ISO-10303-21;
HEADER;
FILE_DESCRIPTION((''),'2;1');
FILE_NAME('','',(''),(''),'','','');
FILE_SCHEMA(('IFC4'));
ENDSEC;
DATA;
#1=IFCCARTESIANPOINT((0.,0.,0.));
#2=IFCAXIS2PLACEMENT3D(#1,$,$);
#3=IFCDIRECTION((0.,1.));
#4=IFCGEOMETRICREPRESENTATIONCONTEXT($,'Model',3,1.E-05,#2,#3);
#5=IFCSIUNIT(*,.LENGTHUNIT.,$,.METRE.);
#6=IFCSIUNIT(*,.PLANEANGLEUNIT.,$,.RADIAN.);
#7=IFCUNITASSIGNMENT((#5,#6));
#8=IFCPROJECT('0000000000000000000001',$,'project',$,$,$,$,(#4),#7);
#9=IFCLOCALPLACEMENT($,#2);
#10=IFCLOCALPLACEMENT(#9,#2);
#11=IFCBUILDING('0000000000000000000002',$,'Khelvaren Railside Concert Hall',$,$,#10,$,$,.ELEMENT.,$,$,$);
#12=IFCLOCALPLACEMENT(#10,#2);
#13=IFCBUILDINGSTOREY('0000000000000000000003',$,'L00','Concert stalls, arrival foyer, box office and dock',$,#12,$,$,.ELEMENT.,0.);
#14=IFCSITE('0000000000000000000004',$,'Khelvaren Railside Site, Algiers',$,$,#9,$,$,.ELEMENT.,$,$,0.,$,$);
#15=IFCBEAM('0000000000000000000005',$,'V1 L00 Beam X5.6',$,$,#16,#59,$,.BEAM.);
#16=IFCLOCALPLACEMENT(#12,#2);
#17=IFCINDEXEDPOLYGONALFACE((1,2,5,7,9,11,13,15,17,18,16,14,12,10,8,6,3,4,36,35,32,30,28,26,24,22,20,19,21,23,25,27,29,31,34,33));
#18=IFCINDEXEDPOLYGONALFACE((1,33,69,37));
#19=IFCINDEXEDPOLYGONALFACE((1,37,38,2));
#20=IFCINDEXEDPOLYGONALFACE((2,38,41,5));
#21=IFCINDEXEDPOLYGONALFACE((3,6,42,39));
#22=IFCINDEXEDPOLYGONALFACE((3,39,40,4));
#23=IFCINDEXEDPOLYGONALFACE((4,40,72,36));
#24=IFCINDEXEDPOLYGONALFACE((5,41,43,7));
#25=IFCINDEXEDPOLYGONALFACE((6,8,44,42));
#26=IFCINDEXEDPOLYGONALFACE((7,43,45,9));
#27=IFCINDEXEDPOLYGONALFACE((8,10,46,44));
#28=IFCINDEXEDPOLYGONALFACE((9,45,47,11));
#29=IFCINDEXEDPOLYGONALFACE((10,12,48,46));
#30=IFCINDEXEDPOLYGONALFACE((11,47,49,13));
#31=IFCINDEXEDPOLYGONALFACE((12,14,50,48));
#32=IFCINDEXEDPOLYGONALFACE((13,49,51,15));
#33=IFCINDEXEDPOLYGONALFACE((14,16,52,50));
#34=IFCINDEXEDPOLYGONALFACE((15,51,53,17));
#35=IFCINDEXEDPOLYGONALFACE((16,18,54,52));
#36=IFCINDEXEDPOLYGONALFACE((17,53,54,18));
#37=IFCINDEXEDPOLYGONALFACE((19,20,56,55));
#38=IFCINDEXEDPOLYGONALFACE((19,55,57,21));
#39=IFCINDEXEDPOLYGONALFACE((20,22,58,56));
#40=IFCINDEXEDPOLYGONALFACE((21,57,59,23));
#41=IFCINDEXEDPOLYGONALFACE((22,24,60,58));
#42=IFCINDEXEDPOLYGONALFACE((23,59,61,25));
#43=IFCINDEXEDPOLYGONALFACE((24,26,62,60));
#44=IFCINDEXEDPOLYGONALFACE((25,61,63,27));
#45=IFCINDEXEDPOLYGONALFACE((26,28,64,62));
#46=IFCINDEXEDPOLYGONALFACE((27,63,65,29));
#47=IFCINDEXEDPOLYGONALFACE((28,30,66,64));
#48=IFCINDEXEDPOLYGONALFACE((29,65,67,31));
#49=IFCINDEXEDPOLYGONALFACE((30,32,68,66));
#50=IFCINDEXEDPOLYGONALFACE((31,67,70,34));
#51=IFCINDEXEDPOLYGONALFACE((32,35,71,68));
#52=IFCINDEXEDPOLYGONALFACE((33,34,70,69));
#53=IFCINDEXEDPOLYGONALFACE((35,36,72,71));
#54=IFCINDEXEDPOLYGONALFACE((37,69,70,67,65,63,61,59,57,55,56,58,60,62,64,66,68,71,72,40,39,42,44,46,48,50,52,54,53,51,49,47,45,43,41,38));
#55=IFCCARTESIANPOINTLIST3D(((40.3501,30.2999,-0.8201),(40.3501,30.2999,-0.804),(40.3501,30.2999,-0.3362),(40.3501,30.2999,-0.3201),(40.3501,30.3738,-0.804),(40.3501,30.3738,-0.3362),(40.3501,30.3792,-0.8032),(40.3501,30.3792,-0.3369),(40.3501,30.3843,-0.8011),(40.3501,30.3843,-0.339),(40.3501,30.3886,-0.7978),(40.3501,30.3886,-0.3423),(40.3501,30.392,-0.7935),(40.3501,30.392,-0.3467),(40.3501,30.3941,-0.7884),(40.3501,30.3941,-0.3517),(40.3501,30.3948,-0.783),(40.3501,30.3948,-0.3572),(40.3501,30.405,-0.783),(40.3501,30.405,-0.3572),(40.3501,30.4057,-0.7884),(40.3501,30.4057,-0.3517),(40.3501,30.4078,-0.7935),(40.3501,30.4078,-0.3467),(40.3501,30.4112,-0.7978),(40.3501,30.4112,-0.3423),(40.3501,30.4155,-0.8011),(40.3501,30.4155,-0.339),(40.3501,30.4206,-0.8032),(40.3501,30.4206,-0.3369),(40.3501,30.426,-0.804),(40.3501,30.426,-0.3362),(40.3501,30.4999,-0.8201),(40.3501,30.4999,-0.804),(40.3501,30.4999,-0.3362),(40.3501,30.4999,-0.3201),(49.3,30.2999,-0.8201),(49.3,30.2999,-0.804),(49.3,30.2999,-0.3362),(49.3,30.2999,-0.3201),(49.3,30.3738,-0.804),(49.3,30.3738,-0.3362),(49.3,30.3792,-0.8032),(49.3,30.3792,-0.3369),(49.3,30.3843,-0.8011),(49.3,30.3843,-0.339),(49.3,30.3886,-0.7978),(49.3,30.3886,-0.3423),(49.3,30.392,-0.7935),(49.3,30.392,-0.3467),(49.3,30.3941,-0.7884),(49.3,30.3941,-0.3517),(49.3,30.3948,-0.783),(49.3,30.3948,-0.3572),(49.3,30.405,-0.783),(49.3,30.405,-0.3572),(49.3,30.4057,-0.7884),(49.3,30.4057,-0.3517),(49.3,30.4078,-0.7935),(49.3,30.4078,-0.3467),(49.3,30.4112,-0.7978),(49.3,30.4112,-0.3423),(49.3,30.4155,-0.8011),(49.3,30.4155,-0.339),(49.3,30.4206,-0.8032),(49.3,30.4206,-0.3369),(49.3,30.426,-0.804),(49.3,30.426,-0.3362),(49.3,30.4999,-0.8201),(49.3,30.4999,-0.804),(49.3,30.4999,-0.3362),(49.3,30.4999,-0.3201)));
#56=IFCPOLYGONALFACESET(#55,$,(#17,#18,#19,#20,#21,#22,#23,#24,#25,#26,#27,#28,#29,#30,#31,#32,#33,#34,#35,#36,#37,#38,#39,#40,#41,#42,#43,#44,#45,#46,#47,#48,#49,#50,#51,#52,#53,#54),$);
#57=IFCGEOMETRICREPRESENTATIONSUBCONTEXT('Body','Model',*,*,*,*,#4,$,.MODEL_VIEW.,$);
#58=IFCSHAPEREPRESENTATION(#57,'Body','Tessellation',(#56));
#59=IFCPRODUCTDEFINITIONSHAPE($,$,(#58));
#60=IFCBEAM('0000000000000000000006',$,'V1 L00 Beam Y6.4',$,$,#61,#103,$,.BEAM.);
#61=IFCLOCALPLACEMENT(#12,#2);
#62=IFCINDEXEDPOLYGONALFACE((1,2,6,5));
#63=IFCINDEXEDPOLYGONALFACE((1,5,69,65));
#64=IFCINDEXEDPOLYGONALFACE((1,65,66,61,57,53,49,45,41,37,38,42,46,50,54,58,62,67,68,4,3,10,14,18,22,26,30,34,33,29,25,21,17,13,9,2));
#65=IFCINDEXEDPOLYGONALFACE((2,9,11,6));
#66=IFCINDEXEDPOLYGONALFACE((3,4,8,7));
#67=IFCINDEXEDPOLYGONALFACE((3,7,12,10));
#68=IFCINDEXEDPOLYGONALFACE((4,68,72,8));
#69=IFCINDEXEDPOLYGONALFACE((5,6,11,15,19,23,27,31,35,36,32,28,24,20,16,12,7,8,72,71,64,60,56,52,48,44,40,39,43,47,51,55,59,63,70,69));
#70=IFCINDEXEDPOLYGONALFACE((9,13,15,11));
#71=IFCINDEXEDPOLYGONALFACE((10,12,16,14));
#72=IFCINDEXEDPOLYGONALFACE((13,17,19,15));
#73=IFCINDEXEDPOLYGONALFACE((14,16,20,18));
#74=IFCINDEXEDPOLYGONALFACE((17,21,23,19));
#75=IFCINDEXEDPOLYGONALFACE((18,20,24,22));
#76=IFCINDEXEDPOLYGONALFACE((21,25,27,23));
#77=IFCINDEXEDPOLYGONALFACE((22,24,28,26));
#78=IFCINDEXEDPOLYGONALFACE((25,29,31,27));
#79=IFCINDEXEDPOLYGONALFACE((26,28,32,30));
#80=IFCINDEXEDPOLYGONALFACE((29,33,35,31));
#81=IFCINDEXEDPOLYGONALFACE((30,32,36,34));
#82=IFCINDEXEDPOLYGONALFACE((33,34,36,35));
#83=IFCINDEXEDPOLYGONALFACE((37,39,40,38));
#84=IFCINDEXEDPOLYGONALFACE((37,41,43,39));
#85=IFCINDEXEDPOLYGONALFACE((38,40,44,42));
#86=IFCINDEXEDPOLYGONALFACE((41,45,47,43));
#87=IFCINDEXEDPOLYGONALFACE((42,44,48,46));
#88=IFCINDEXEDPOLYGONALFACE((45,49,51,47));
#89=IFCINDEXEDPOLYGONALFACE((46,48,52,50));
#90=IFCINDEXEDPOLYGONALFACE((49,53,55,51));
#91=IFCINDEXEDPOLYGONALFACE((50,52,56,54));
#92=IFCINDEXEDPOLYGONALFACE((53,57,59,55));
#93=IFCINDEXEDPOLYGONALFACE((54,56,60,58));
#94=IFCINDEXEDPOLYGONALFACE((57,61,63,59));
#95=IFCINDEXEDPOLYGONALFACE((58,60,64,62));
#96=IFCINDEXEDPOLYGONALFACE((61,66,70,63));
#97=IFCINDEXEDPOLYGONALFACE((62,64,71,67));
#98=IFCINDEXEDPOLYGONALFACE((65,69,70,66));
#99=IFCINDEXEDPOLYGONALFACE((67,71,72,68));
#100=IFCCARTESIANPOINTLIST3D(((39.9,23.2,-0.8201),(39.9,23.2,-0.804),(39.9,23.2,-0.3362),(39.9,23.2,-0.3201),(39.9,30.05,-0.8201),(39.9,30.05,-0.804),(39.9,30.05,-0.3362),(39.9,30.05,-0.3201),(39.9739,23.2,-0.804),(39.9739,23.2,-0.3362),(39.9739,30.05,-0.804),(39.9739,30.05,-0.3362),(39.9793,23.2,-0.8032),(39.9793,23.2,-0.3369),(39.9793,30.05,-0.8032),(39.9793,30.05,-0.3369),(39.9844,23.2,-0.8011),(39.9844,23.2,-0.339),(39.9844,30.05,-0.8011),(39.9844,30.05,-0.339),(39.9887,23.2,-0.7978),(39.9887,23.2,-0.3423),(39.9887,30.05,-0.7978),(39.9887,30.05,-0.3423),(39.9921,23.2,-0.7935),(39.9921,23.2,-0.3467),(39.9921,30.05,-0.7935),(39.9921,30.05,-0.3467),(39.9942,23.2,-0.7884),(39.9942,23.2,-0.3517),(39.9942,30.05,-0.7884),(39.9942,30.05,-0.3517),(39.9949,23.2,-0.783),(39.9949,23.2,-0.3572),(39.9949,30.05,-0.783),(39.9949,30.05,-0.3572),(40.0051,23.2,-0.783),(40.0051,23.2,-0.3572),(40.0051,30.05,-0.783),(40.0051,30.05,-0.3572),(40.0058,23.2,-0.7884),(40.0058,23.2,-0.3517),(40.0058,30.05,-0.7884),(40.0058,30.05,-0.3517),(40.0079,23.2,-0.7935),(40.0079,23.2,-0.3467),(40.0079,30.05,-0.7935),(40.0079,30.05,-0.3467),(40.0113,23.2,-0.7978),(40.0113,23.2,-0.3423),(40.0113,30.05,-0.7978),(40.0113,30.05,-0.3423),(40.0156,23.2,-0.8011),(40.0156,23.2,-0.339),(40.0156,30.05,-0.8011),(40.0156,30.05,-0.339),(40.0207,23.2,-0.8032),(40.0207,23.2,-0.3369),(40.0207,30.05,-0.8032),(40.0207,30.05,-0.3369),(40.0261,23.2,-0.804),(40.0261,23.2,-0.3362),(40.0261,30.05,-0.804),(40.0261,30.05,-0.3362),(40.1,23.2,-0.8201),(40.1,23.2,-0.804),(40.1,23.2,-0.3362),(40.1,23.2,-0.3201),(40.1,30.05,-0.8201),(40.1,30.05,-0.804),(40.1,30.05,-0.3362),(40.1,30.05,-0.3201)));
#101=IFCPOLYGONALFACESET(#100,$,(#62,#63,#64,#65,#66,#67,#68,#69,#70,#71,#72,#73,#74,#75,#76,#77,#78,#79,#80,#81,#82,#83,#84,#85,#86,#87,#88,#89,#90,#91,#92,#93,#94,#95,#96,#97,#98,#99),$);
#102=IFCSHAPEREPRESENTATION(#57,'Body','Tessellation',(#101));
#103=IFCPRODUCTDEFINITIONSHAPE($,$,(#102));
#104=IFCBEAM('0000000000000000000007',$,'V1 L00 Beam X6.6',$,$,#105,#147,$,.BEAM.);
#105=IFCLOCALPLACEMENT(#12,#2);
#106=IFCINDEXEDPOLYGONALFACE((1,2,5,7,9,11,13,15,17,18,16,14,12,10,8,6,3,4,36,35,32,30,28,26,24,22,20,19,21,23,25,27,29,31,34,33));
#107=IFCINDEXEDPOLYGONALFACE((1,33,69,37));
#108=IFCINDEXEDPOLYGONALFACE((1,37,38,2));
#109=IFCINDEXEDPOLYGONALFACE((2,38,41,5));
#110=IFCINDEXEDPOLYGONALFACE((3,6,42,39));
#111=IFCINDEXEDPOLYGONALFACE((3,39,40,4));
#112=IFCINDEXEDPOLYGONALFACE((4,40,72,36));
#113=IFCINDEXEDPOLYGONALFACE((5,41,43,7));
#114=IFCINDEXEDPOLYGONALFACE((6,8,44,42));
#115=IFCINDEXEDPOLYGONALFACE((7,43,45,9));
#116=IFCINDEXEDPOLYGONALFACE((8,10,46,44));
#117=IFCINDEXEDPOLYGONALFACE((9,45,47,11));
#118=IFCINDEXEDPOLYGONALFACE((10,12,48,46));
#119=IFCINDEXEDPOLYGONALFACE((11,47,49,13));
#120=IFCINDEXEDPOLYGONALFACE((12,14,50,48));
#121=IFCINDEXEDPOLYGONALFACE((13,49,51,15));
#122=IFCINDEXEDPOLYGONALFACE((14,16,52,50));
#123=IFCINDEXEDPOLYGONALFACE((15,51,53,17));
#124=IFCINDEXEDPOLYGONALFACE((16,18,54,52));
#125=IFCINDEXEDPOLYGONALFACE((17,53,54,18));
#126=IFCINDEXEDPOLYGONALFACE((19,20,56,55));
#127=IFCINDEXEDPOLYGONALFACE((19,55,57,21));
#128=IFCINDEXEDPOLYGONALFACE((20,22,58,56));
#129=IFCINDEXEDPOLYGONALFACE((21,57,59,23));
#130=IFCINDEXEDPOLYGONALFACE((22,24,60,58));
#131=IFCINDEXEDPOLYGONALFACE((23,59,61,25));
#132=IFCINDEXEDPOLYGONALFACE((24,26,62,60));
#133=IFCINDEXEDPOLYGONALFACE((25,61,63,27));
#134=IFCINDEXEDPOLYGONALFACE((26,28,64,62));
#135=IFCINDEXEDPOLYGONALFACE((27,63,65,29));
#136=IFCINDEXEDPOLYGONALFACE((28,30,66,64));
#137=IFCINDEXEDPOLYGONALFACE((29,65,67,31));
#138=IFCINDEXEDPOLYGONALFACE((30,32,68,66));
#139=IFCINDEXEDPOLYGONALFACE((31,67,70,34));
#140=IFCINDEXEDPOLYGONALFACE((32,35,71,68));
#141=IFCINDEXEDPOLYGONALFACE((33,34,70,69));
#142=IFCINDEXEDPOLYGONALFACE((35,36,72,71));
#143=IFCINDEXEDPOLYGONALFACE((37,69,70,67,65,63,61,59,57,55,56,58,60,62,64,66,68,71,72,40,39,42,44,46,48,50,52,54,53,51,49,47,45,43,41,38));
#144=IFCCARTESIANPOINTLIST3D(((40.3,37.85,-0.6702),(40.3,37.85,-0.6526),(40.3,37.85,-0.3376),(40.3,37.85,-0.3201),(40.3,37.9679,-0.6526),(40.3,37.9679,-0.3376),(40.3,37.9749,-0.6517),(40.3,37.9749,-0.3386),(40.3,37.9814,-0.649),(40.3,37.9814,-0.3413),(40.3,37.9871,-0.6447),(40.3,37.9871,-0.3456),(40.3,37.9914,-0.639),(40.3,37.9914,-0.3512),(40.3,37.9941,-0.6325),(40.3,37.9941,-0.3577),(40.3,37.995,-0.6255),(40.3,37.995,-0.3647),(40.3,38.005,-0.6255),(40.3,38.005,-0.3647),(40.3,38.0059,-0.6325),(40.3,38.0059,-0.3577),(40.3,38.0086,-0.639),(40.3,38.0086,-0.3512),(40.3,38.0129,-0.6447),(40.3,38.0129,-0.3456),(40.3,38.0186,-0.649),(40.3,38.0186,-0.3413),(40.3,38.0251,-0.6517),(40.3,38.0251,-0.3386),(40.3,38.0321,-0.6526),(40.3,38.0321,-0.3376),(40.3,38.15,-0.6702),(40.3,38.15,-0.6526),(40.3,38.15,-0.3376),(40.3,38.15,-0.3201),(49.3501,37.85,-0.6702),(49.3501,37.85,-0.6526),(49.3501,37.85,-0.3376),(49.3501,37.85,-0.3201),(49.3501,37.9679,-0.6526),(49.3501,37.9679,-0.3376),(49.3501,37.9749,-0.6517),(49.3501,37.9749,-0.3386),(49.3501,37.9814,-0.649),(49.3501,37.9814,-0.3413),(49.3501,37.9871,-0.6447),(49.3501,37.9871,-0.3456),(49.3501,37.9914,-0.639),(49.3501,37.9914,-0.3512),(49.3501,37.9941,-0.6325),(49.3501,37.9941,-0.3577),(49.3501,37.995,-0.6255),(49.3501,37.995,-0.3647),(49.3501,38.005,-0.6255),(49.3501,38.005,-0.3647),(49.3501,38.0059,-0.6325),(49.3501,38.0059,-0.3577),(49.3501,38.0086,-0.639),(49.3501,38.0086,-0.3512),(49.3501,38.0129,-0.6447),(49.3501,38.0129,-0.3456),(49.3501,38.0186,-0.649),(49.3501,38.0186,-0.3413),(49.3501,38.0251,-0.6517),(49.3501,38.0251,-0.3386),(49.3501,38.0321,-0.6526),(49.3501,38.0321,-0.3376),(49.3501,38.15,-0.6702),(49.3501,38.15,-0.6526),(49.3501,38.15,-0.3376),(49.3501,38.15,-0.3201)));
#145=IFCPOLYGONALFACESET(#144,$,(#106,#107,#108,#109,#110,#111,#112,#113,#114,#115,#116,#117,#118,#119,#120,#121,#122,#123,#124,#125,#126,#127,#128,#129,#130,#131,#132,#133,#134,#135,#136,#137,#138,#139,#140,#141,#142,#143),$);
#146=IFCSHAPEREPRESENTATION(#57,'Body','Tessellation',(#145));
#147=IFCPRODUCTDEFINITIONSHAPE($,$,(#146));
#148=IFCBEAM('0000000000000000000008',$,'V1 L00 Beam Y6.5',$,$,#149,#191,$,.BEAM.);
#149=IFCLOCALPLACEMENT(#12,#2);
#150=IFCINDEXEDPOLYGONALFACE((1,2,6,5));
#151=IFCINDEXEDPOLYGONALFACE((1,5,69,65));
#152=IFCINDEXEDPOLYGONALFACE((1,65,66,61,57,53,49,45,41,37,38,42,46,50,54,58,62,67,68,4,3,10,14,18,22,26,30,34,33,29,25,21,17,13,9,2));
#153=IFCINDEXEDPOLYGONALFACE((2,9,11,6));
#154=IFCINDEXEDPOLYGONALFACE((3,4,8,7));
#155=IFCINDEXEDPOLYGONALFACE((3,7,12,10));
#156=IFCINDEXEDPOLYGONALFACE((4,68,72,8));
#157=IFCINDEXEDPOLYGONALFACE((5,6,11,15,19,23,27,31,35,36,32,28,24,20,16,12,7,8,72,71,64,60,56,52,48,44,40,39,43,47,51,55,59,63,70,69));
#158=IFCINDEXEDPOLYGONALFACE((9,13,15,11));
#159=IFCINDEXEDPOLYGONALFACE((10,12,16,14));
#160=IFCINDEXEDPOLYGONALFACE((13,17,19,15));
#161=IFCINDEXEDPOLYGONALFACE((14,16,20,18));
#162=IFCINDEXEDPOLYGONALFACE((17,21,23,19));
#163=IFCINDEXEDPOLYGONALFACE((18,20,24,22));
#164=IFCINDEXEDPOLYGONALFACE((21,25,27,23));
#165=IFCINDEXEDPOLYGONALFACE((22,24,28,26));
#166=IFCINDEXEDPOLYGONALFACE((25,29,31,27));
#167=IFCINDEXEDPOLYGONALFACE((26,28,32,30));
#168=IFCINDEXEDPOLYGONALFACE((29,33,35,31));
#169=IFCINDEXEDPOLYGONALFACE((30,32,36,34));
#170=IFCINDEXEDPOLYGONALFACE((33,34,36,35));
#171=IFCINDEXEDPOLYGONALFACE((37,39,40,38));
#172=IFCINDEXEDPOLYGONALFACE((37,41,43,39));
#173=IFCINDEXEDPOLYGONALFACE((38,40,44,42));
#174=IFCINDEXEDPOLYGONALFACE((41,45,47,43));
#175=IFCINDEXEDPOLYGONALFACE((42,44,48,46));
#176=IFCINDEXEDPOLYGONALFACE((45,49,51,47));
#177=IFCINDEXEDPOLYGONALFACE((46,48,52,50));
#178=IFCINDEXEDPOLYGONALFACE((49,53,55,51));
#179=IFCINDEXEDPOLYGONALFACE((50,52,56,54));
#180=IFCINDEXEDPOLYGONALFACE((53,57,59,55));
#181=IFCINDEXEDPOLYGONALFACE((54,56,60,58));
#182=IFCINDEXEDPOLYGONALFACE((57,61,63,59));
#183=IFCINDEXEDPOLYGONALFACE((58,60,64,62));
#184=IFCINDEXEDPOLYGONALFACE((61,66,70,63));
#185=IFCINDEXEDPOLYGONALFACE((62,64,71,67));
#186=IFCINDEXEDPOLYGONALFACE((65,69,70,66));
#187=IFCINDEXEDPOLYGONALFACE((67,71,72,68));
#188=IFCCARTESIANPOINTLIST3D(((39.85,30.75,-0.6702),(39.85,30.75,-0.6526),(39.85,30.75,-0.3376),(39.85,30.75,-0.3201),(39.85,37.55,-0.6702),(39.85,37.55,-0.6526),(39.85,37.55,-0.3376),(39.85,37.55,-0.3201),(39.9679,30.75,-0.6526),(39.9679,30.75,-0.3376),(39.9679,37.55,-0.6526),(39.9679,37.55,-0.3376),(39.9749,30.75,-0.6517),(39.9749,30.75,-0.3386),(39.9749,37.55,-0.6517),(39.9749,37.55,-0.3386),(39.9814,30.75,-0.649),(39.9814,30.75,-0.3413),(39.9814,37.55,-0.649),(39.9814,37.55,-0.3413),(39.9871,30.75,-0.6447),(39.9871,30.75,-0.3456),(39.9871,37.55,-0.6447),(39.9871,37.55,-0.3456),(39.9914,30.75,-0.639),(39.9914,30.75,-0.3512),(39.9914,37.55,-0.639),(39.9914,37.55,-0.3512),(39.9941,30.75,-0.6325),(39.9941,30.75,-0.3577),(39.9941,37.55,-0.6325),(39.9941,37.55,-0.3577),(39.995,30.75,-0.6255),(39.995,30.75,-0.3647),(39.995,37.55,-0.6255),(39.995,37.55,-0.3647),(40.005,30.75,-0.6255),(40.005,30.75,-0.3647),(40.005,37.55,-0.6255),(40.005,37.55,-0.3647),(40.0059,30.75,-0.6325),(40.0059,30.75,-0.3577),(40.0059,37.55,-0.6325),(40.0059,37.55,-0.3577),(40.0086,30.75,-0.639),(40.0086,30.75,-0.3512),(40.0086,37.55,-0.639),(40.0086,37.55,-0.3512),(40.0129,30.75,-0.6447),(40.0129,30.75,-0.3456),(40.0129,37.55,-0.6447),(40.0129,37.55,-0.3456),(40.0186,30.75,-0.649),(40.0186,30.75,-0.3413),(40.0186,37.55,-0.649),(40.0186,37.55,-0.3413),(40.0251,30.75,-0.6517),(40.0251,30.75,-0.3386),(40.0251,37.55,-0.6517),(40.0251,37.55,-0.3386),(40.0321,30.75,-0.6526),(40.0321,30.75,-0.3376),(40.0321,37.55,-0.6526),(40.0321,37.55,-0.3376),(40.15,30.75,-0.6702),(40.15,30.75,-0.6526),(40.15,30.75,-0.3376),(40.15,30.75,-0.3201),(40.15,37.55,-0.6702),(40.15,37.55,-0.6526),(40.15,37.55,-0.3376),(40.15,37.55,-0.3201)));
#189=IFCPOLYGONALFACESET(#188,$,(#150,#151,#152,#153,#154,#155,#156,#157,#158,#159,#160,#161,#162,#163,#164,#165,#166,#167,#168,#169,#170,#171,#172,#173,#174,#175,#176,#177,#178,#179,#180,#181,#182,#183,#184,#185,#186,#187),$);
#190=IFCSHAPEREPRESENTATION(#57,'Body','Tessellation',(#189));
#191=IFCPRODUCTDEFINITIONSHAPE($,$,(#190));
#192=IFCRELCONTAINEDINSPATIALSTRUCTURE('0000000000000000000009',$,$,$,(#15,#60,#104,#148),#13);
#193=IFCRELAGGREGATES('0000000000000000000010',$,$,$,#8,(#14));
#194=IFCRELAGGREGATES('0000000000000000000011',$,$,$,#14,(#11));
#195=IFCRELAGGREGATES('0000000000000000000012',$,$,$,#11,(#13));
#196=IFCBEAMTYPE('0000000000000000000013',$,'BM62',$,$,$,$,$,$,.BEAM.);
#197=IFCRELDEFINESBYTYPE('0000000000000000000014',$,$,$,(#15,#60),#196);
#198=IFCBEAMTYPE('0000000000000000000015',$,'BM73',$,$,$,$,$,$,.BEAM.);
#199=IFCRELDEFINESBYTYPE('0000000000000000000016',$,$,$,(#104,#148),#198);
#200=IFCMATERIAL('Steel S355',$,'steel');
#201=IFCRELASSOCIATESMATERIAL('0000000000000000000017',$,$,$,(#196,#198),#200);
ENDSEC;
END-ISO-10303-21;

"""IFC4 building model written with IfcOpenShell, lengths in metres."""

from ifc_helpers import new_model, si_unit, direction, frame, origin, origin_2d, place, context, subcontext, project, spatial, i_section, extrude, material, material_profile, profile_set, type_object, element, save


model = new_model("IFC4")

# Units and contexts
model_context = context("Model", 3, precision=1e-05, world=origin(), true_north=direction((0.0, 1.0)))
body_context = subcontext(model_context, "Body", "Model", "MODEL_VIEW")
ifc_project = project(units=[si_unit("LENGTHUNIT", "METRE"), si_unit("PLANEANGLEUNIT", "RADIAN")], contexts=[model_context])

# Site, building, storey
site_placement = place(None, origin())
site = spatial("IfcSite", under=ifc_project, at=site_placement, Name="Khelvaren Railside Site, Algiers", CompositionType="ELEMENT", RefElevation=0.0)
building_placement = place(site_placement, origin())
building = spatial("IfcBuilding", under=site, at=building_placement, Name="Khelvaren Railside Concert Hall", CompositionType="ELEMENT")
storey_placement = place(building_placement, origin())
storey = spatial("IfcBuildingStorey", under=building, at=storey_placement, Name="L00", Description="Concert stalls, arrival foyer, box office and dock", CompositionType="ELEMENT", Elevation=0.0)

# Shared definitions
ifc_material_1 = material(Name="Steel S355", Category="steel")

# Beams
ifc_material_profile_1 = material_profile(ifc_material_1, i_section(OverallWidth=0.2, OverallDepth=0.5, WebThickness=0.0103, FlangeThickness=0.0161, FilletRadius=0.021, at=origin_2d()), Name="IPE 500")
ifc_profile_set_1 = profile_set([ifc_material_profile_1], Name="Steel S355")
beam_type_1 = type_object("IfcBeamType", Name="BM62", PredefinedType="BEAM", material=ifc_profile_set_1)
beam_1_placement = place(storey_placement, frame((40.3501, 30.3999, -0.5701), z_axis=(1.0, 0.0, 0.0), x_axis=(0.0, 1.0, 0.0)))
element("IfcBeam", 1, at=beam_1_placement, inside=storey, type_object=beam_type_1, Name="V1 L00 Beam X5.6", PredefinedType="BEAM", context=body_context, shape_type="SweptSolid", body=[
    extrude(i_section(OverallWidth=0.2, OverallDepth=0.5, WebThickness=0.0103, FlangeThickness=0.0161, FilletRadius=0.021, at=origin_2d()), origin(), (0.0, 0.0, 1.0), 8.95),
])
beam_2_placement = place(storey_placement, frame((40.0, 23.2, -0.5701), z_axis=(0.0, 1.0, 0.0), x_axis=(-1.0, 0.0, 0.0)))
element("IfcBeam", 2, at=beam_2_placement, inside=storey, type_object=beam_type_1, Name="V1 L00 Beam Y6.4", PredefinedType="BEAM", context=body_context, shape_type="SweptSolid", body=[
    extrude(i_section(OverallWidth=0.2, OverallDepth=0.5, WebThickness=0.0103, FlangeThickness=0.0161, FilletRadius=0.021, at=origin_2d()), origin(), (0.0, 0.0, 1.0), 6.8501),
])
ifc_material_profile_2 = material_profile(ifc_material_1, i_section(OverallWidth=0.3, OverallDepth=0.3501, WebThickness=0.01, FlangeThickness=0.0176, FilletRadius=0.0271, at=origin_2d()), Name="HEA 360")
ifc_profile_set_2 = profile_set([ifc_material_profile_2], Name="Steel S355")
beam_type_2 = type_object("IfcBeamType", Name="BM73", PredefinedType="BEAM", material=ifc_profile_set_2)
beam_3_placement = place(storey_placement, frame((40.3, 38.0, -0.4951), z_axis=(1.0, 0.0, 0.0), x_axis=(0.0, 1.0, 0.0)))
element("IfcBeam", 3, at=beam_3_placement, inside=storey, type_object=beam_type_2, Name="V1 L00 Beam X6.6", PredefinedType="BEAM", context=body_context, shape_type="SweptSolid", body=[
    extrude(i_section(OverallWidth=0.3, OverallDepth=0.3501, WebThickness=0.01, FlangeThickness=0.0176, FilletRadius=0.0271, at=origin_2d()), origin(), (0.0, 0.0, 1.0), 9.05),
])
beam_4_placement = place(storey_placement, frame((40.0, 30.75, -0.4951), z_axis=(0.0, 1.0, 0.0), x_axis=(-1.0, 0.0, 0.0)))
element("IfcBeam", 4, at=beam_4_placement, inside=storey, type_object=beam_type_2, Name="V1 L00 Beam Y6.5", PredefinedType="BEAM", context=body_context, shape_type="SweptSolid", body=[
    extrude(i_section(OverallWidth=0.3, OverallDepth=0.3501, WebThickness=0.01, FlangeThickness=0.0176, FilletRadius=0.0271, at=origin_2d()), origin(), (0.0, 0.0, 1.0), 6.8),
])

save(model, "model.ifc")
